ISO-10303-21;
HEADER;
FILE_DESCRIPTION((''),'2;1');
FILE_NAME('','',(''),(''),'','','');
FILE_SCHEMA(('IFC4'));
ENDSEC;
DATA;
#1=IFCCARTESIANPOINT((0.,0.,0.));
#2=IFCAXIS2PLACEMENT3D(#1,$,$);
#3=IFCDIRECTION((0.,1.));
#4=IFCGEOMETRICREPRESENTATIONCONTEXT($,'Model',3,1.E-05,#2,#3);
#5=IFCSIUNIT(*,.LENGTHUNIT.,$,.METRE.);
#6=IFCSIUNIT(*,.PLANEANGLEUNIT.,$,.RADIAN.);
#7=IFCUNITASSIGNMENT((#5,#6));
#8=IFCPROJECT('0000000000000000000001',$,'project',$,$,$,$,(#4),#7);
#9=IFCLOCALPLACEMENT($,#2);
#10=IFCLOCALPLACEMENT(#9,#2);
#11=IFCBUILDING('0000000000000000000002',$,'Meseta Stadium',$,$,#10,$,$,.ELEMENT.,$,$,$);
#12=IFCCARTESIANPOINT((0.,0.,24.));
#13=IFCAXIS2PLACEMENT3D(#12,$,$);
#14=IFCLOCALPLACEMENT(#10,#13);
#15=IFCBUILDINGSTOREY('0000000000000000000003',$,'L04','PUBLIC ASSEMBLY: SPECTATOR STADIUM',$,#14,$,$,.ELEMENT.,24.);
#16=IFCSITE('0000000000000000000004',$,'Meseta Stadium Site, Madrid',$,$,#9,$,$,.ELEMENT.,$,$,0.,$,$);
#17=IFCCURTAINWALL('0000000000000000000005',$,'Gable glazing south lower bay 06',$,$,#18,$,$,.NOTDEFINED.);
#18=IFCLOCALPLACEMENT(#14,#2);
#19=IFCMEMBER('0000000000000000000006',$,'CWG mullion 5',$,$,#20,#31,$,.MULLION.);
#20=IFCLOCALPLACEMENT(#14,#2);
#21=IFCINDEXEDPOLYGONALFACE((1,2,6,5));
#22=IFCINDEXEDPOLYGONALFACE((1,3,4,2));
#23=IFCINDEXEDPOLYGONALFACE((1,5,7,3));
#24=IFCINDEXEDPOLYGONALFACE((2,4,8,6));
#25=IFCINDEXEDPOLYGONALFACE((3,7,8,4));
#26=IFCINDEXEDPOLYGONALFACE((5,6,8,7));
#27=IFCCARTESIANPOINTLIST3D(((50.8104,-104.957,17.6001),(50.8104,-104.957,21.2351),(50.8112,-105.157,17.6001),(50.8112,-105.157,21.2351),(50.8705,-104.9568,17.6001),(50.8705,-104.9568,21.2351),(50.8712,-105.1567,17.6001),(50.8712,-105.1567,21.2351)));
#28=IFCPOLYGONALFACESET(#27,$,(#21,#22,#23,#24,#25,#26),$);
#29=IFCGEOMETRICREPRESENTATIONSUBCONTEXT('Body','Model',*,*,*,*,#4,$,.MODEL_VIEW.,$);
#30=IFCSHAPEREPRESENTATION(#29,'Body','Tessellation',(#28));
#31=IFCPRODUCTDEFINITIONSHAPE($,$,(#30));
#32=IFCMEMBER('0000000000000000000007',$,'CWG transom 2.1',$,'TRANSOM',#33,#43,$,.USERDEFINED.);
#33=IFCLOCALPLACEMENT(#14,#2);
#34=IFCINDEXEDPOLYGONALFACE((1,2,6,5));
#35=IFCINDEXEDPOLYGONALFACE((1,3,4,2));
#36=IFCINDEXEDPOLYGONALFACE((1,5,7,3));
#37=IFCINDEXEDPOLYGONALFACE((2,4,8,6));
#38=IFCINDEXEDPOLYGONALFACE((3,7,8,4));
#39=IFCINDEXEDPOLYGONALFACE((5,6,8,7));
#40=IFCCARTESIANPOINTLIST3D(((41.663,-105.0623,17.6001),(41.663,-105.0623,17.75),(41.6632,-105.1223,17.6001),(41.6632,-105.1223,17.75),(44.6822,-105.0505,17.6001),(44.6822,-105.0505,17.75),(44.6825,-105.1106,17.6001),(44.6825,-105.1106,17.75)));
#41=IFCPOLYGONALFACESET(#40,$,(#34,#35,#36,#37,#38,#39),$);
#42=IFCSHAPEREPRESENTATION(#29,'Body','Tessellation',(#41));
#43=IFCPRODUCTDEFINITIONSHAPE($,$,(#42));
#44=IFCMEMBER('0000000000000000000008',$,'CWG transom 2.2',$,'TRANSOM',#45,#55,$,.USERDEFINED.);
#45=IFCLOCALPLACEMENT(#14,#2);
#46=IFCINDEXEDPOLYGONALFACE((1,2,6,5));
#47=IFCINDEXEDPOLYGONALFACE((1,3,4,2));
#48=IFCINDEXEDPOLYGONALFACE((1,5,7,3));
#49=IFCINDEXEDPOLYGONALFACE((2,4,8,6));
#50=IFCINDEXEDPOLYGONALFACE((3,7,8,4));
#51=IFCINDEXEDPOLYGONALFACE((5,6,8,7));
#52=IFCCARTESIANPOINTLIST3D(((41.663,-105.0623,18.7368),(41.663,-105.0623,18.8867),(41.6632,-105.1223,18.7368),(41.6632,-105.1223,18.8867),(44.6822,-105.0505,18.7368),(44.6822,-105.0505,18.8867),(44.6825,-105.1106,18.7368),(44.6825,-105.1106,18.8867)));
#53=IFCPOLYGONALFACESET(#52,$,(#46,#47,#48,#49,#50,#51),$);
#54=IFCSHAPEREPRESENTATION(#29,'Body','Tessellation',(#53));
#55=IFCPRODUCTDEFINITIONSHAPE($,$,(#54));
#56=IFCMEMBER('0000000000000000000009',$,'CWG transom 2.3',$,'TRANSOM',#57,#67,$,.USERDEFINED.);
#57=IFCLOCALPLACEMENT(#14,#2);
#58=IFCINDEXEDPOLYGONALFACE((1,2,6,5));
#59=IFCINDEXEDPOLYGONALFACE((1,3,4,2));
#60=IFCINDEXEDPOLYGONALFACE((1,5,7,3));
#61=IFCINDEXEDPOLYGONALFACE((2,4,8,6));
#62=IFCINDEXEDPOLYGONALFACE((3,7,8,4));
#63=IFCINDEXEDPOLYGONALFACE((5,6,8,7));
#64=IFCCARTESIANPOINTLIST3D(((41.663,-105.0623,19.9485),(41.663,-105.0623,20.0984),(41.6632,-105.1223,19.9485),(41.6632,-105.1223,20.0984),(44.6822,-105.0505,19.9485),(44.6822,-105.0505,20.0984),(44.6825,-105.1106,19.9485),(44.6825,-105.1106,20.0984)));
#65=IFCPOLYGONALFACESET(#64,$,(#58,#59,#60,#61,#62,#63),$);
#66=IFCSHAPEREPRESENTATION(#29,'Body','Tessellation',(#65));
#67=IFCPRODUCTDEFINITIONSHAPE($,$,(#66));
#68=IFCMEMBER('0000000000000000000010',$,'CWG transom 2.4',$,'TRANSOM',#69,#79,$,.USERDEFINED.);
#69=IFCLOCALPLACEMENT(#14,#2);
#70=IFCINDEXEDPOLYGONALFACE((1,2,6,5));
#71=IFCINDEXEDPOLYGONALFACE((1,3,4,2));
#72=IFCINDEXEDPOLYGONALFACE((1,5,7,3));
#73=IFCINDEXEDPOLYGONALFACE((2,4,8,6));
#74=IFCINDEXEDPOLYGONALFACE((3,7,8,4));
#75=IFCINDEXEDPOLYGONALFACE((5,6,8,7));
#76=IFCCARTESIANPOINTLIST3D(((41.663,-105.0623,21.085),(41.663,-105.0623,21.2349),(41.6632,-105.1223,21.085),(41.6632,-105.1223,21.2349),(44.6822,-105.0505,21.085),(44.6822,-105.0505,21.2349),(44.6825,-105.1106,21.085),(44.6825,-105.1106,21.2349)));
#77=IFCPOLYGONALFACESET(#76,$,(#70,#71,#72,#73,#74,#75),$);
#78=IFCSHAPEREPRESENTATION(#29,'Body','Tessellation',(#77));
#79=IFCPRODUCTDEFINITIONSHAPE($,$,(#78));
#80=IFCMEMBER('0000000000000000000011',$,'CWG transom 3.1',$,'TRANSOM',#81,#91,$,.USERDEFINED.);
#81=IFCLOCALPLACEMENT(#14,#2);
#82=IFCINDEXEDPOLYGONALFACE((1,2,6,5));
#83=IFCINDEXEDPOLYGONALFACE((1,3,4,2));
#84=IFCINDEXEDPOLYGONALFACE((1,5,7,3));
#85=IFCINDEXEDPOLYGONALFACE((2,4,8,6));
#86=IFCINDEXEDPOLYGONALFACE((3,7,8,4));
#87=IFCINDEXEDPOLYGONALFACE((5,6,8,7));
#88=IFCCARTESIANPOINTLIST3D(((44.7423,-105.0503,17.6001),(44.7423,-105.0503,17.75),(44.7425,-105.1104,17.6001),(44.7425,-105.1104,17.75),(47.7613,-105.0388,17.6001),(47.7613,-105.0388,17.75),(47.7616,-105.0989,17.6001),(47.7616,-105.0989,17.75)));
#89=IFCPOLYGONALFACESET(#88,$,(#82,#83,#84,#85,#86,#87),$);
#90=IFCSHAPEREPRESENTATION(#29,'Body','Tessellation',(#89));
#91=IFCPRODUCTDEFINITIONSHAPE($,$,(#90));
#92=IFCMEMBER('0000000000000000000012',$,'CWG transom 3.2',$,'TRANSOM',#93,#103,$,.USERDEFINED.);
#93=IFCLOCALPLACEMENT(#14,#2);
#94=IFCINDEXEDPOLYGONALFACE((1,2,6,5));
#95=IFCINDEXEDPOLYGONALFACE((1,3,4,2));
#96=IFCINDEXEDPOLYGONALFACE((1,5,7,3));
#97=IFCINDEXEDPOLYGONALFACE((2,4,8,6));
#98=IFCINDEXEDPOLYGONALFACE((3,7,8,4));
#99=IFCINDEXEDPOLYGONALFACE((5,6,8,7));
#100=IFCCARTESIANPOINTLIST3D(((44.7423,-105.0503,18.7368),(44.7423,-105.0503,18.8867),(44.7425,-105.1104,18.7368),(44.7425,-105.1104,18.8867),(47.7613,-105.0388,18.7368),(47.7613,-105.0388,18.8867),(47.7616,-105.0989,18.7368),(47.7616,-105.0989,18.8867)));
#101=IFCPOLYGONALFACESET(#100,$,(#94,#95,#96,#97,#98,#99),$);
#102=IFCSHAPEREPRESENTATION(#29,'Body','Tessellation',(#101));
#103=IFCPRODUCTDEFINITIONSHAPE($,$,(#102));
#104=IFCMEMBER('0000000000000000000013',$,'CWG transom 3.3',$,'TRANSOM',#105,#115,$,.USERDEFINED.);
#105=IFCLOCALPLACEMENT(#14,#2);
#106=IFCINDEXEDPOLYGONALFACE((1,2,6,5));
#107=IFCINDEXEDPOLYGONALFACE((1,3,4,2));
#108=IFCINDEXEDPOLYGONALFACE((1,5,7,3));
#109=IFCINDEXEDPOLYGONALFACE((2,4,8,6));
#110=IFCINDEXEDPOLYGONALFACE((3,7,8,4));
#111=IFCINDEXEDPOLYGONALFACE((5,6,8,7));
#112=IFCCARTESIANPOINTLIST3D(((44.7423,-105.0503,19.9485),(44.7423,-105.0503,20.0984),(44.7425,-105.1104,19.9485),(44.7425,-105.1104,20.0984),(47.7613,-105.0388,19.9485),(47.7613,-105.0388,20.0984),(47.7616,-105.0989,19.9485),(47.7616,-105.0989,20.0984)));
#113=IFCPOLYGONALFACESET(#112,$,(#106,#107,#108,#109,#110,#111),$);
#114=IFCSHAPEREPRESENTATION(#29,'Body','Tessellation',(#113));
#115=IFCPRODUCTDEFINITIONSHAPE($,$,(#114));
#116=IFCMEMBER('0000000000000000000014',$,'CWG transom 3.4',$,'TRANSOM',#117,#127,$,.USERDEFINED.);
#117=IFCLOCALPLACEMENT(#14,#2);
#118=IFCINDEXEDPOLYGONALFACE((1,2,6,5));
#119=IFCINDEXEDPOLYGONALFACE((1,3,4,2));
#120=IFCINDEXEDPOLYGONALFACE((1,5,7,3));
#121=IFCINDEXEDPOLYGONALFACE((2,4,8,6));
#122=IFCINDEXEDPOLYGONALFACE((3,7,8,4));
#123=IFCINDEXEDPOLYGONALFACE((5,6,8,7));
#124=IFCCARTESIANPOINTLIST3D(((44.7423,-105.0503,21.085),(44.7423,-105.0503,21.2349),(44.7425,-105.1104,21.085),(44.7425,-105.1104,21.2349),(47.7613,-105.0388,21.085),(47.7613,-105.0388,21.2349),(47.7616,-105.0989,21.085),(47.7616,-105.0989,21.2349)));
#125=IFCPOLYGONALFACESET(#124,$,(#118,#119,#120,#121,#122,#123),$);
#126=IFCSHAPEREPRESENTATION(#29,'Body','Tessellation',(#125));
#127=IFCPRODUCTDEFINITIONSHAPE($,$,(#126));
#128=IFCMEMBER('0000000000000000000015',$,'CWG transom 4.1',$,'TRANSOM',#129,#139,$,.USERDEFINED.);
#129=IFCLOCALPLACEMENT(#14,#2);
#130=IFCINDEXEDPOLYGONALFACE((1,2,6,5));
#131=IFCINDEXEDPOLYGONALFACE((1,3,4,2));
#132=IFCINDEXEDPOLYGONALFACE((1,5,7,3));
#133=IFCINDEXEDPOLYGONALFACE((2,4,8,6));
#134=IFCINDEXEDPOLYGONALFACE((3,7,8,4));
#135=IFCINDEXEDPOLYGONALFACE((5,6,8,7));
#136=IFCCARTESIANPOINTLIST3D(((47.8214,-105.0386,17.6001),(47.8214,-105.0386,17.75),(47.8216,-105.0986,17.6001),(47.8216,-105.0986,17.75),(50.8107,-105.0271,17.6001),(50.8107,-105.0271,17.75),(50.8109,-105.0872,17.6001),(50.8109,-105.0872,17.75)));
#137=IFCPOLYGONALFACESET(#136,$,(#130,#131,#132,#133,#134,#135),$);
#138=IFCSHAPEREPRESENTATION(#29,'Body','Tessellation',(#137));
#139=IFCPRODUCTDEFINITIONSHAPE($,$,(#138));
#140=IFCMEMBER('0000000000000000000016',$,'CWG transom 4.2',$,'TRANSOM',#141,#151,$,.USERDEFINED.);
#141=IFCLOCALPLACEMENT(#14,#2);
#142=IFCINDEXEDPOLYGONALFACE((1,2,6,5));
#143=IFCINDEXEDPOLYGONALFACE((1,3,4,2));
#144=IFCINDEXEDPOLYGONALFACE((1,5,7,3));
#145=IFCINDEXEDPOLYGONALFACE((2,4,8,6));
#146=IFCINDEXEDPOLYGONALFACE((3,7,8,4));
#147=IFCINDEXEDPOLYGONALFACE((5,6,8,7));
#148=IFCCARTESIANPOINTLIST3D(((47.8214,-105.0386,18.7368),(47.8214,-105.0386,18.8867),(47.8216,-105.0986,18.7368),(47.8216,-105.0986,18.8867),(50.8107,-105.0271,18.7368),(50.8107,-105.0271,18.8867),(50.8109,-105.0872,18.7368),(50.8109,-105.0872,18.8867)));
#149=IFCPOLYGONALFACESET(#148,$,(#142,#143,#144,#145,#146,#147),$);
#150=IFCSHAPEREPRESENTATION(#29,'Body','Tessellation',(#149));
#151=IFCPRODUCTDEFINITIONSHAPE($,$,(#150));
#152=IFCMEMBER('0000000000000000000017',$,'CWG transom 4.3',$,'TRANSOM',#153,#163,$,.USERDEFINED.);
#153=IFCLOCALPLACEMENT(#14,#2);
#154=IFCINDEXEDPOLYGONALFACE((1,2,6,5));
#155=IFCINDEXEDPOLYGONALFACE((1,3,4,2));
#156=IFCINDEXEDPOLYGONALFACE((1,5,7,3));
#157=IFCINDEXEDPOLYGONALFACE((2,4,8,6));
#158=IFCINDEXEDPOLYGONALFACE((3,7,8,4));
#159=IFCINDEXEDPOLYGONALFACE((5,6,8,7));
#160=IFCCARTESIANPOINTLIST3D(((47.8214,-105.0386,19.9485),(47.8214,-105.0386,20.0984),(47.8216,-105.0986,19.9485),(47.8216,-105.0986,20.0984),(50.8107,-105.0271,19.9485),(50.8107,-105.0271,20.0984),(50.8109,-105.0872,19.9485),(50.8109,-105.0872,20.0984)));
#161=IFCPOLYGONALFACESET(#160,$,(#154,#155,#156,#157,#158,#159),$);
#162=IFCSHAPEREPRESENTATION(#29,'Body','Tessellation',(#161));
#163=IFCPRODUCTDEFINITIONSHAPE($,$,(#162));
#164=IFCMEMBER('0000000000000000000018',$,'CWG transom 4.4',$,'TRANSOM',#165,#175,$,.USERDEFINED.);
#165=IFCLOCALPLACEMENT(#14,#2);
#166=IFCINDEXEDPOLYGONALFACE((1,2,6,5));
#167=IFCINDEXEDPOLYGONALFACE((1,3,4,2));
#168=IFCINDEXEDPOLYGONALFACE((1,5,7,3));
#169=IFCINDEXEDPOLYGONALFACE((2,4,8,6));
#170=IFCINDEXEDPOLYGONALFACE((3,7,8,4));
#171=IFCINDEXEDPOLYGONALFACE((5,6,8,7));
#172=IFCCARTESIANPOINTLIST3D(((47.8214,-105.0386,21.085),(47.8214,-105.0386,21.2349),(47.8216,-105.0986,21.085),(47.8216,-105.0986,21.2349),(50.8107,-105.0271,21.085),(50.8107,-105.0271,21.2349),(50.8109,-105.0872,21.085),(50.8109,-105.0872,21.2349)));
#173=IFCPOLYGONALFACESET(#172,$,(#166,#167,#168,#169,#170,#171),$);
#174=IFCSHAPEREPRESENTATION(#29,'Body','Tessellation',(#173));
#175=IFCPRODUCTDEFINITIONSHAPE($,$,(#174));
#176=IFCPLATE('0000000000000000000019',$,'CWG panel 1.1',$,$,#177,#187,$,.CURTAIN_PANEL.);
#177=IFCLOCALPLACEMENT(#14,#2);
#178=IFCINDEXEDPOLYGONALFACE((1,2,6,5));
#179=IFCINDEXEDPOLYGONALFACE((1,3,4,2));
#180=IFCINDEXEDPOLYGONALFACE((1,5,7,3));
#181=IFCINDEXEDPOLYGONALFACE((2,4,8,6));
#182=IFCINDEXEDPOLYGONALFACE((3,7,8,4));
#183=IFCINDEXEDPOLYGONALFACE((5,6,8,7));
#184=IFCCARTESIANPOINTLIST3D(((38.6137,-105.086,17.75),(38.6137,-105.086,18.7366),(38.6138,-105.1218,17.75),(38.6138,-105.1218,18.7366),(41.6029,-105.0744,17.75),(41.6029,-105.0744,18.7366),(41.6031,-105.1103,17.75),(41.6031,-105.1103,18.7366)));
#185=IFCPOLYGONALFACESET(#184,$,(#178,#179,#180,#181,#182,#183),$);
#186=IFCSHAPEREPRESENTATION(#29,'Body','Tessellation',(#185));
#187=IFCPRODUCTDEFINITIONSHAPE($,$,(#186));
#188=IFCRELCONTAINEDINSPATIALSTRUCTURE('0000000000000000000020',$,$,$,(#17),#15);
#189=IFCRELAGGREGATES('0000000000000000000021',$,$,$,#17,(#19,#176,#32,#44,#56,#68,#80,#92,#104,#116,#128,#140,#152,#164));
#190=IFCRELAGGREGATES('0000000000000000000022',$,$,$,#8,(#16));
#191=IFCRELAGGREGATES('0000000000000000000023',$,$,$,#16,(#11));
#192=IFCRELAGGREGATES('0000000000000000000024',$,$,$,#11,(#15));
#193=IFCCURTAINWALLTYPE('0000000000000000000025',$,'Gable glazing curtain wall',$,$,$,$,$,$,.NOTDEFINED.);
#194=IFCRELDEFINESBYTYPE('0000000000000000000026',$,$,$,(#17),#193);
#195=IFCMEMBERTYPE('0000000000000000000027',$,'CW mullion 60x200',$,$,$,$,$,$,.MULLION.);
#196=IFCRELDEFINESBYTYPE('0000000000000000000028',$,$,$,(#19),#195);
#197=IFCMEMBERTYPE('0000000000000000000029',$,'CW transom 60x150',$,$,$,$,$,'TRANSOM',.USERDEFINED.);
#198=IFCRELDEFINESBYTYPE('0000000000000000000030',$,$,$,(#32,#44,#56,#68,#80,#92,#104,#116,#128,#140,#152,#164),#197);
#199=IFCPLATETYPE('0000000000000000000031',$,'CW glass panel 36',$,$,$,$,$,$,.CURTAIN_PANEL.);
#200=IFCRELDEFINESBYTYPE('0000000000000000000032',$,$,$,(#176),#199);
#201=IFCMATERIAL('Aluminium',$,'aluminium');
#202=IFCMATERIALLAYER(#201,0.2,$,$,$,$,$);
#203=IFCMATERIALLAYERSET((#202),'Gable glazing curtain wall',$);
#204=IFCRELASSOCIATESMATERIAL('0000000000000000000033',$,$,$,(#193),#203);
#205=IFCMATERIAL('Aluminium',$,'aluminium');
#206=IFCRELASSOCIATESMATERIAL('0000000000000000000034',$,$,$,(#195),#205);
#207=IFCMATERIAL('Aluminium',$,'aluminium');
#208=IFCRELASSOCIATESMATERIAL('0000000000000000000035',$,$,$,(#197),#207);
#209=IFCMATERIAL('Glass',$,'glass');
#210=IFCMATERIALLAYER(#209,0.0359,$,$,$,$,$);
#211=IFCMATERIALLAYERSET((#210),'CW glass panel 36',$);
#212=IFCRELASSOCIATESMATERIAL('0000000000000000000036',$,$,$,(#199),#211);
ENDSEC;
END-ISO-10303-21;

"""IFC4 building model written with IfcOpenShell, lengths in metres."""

from ifc_helpers import new_model, si_unit, direction, frame, origin, origin_2d, place, context, subcontext, project, spatial, rectangle, extrude, material, layer, layer_set, material_profile, profile_set, type_object, element, aggregate, save


model = new_model("IFC4")

# Units and contexts
model_context = context("Model", 3, precision=1e-05, world=origin(), true_north=direction((0.0, 1.0)))
body_context = subcontext(model_context, "Body", "Model", "MODEL_VIEW")
ifc_project = project(units=[si_unit("LENGTHUNIT", "METRE"), si_unit("PLANEANGLEUNIT", "RADIAN")], contexts=[model_context])

# Site, building, storey
site_placement = place(None, origin())
site = spatial("IfcSite", under=ifc_project, at=site_placement, Name="Meseta Stadium Site, Madrid", CompositionType="ELEMENT", RefElevation=0.0)
building_placement = place(site_placement, origin())
building = spatial("IfcBuilding", under=site, at=building_placement, Name="Meseta Stadium", CompositionType="ELEMENT")
storey_placement = place(building_placement, frame((0.0, 0.0, 24.0)))
storey = spatial("IfcBuildingStorey", under=building, at=storey_placement, Name="L04", Description="PUBLIC ASSEMBLY: SPECTATOR STADIUM", CompositionType="ELEMENT", Elevation=24.0)

# Curtain wall, members, plate
ifc_material_1 = material(Name="Aluminium", Category="aluminium")
ifc_layer_1 = layer(ifc_material_1, 0.2)
ifc_layer_set_1 = layer_set([ifc_layer_1], Name="Gable glazing curtain wall")
curtain_wall_type = type_object("IfcCurtainWallType", Name="Gable glazing curtain wall", PredefinedType="NOTDEFINED", material=ifc_layer_set_1)
curtain_wall_placement = place(storey_placement, origin())
curtain_wall = element("IfcCurtainWall", 1, at=curtain_wall_placement, inside=storey, type_object=curtain_wall_type, Name="Gable glazing south lower bay 06", PredefinedType="NOTDEFINED")
ifc_material_2 = material(Name="Aluminium", Category="aluminium")
ifc_material_profile_1 = material_profile(ifc_material_2, rectangle(XDim=0.2, YDim=0.0601, at=origin_2d()), Name="CW 200x60")
ifc_profile_set_1 = profile_set([ifc_material_profile_1], Name="Aluminium")
member_type_1 = type_object("IfcMemberType", Name="CW mullion 60x200", PredefinedType="MULLION", material=ifc_profile_set_1)
member_1_placement = place(storey_placement, frame((50.8408, -105.0569, 17.6001), z_axis=(0.0, 0.0, 1.0), x_axis=(-0.003848, 0.999993, 0.0)))
member_1 = element("IfcMember", 2, at=member_1_placement, type_object=member_type_1, Name="CWG mullion 5", PredefinedType="MULLION", context=body_context, shape_type="SweptSolid", body=[
    extrude(rectangle(XDim=0.2, YDim=0.0601, at=origin_2d()), origin(), (0.0, 0.0, 1.0), 3.635),
])
ifc_material_3 = material(Name="Aluminium", Category="aluminium")
ifc_material_profile_2 = material_profile(ifc_material_3, rectangle(XDim=0.0601, YDim=0.1499, at=origin_2d()), Name="CW 60x150")
ifc_profile_set_2 = profile_set([ifc_material_profile_2], Name="Aluminium")
member_type_2 = type_object("IfcMemberType", Name="CW transom 60x150", ElementType="TRANSOM", PredefinedType="USERDEFINED", material=ifc_profile_set_2)
member_2_placement = place(storey_placement, frame((41.6631, -105.0923, 17.675), z_axis=(0.999992, 0.003881, 0.0), x_axis=(-0.003881, 0.999992, 0.0)))
member_2 = element("IfcMember", 3, at=member_2_placement, type_object=member_type_2, Name="CWG transom 2.1", ObjectType="TRANSOM", PredefinedType="USERDEFINED", context=body_context, shape_type="SweptSolid", body=[
    extrude(rectangle(XDim=0.0601, YDim=0.1499, at=origin_2d()), origin(), (0.0, 0.0, 1.0), 3.0193),
])
member_3_placement = place(storey_placement, frame((41.6631, -105.0923, 18.8118), z_axis=(0.999992, 0.003881, 0.0), x_axis=(-0.003881, 0.999992, 0.0)))
member_3 = element("IfcMember", 4, at=member_3_placement, type_object=member_type_2, Name="CWG transom 2.2", ObjectType="TRANSOM", PredefinedType="USERDEFINED", context=body_context, shape_type="SweptSolid", body=[
    extrude(rectangle(XDim=0.0601, YDim=0.1499, at=origin_2d()), origin(), (0.0, 0.0, 1.0), 3.0193),
])
member_4_placement = place(storey_placement, frame((41.6631, -105.0923, 20.0234), z_axis=(0.999992, 0.003881, 0.0), x_axis=(-0.003881, 0.999992, 0.0)))
member_4 = element("IfcMember", 5, at=member_4_placement, type_object=member_type_2, Name="CWG transom 2.3", ObjectType="TRANSOM", PredefinedType="USERDEFINED", context=body_context, shape_type="SweptSolid", body=[
    extrude(rectangle(XDim=0.0601, YDim=0.1499, at=origin_2d()), origin(), (0.0, 0.0, 1.0), 3.0193),
])
member_5_placement = place(storey_placement, frame((41.6631, -105.0923, 21.1599), z_axis=(0.999992, 0.003881, 0.0), x_axis=(-0.003881, 0.999992, 0.0)))
member_5 = element("IfcMember", 6, at=member_5_placement, type_object=member_type_2, Name="CWG transom 2.4", ObjectType="TRANSOM", PredefinedType="USERDEFINED", context=body_context, shape_type="SweptSolid", body=[
    extrude(rectangle(XDim=0.0601, YDim=0.1499, at=origin_2d()), origin(), (0.0, 0.0, 1.0), 3.0193),
])
member_6_placement = place(storey_placement, frame((44.7424, -105.0803, 17.675), z_axis=(0.999993, 0.003801, 0.0), x_axis=(-0.003801, 0.999993, 0.0)))
member_6 = element("IfcMember", 7, at=member_6_placement, type_object=member_type_2, Name="CWG transom 3.1", ObjectType="TRANSOM", PredefinedType="USERDEFINED", context=body_context, shape_type="SweptSolid", body=[
    extrude(rectangle(XDim=0.0601, YDim=0.1499, at=origin_2d()), origin(), (0.0, 0.0, 1.0), 3.019),
])
member_7_placement = place(storey_placement, frame((44.7424, -105.0803, 18.8118), z_axis=(0.999993, 0.003801, 0.0), x_axis=(-0.003801, 0.999993, 0.0)))
member_7 = element("IfcMember", 8, at=member_7_placement, type_object=member_type_2, Name="CWG transom 3.2", ObjectType="TRANSOM", PredefinedType="USERDEFINED", context=body_context, shape_type="SweptSolid", body=[
    extrude(rectangle(XDim=0.0601, YDim=0.1499, at=origin_2d()), origin(), (0.0, 0.0, 1.0), 3.019),
])
member_8_placement = place(storey_placement, frame((44.7424, -105.0803, 20.0234), z_axis=(0.999993, 0.003801, 0.0), x_axis=(-0.003801, 0.999993, 0.0)))
member_8 = element("IfcMember", 9, at=member_8_placement, type_object=member_type_2, Name="CWG transom 3.3", ObjectType="TRANSOM", PredefinedType="USERDEFINED", context=body_context, shape_type="SweptSolid", body=[
    extrude(rectangle(XDim=0.0601, YDim=0.1499, at=origin_2d()), origin(), (0.0, 0.0, 1.0), 3.019),
])
member_9_placement = place(storey_placement, frame((44.7424, -105.0803, 21.1599), z_axis=(0.999993, 0.003801, 0.0), x_axis=(-0.003801, 0.999993, 0.0)))
member_9 = element("IfcMember", 10, at=member_9_placement, type_object=member_type_2, Name="CWG transom 3.4", ObjectType="TRANSOM", PredefinedType="USERDEFINED", context=body_context, shape_type="SweptSolid", body=[
    extrude(rectangle(XDim=0.0601, YDim=0.1499, at=origin_2d()), origin(), (0.0, 0.0, 1.0), 3.019),
])
member_10_placement = place(storey_placement, frame((47.8215, -105.0686, 17.675), z_axis=(0.999993, 0.003839, 0.0), x_axis=(-0.003839, 0.999993, 0.0)))
member_10 = element("IfcMember", 11, at=member_10_placement, type_object=member_type_2, Name="CWG transom 4.1", ObjectType="TRANSOM", PredefinedType="USERDEFINED", context=body_context, shape_type="SweptSolid", body=[
    extrude(rectangle(XDim=0.0601, YDim=0.1499, at=origin_2d()), origin(), (0.0, 0.0, 1.0), 2.9893),
])
member_11_placement = place(storey_placement, frame((47.8215, -105.0686, 18.8118), z_axis=(0.999993, 0.003839, 0.0), x_axis=(-0.003839, 0.999993, 0.0)))
member_11 = element("IfcMember", 12, at=member_11_placement, type_object=member_type_2, Name="CWG transom 4.2", ObjectType="TRANSOM", PredefinedType="USERDEFINED", context=body_context, shape_type="SweptSolid", body=[
    extrude(rectangle(XDim=0.0601, YDim=0.1499, at=origin_2d()), origin(), (0.0, 0.0, 1.0), 2.9893),
])
member_12_placement = place(storey_placement, frame((47.8215, -105.0686, 20.0234), z_axis=(0.999993, 0.003839, 0.0), x_axis=(-0.003839, 0.999993, 0.0)))
member_12 = element("IfcMember", 13, at=member_12_placement, type_object=member_type_2, Name="CWG transom 4.3", ObjectType="TRANSOM", PredefinedType="USERDEFINED", context=body_context, shape_type="SweptSolid", body=[
    extrude(rectangle(XDim=0.0601, YDim=0.1499, at=origin_2d()), origin(), (0.0, 0.0, 1.0), 2.9893),
])
member_13_placement = place(storey_placement, frame((47.8215, -105.0686, 21.1599), z_axis=(0.999993, 0.003839, 0.0), x_axis=(-0.003839, 0.999993, 0.0)))
member_13 = element("IfcMember", 14, at=member_13_placement, type_object=member_type_2, Name="CWG transom 4.4", ObjectType="TRANSOM", PredefinedType="USERDEFINED", context=body_context, shape_type="SweptSolid", body=[
    extrude(rectangle(XDim=0.0601, YDim=0.1499, at=origin_2d()), origin(), (0.0, 0.0, 1.0), 2.9893),
])
ifc_material_4 = material(Name="Glass", Category="glass")
ifc_layer_2 = layer(ifc_material_4, 0.0359)
ifc_layer_set_2 = layer_set([ifc_layer_2], Name="CW glass panel 36")
plate_type = type_object("IfcPlateType", Name="CW glass panel 36", PredefinedType="CURTAIN_PANEL", material=ifc_layer_set_2)
plate_1_placement = place(storey_placement, frame((40.1084, -105.0981, 17.75), z_axis=(0.0, 0.0, 1.0), x_axis=(0.999993, 0.003848, 0.0)))
plate_1 = element("IfcPlate", 15, at=plate_1_placement, type_object=plate_type, Name="CWG panel 1.1", PredefinedType="CURTAIN_PANEL", context=body_context, shape_type="SweptSolid", body=[
    extrude(rectangle(XDim=2.9893, YDim=0.0359, at=origin_2d()), origin(), (0.0, 0.0, 1.0), 0.9866),
])
aggregate(curtain_wall, [member_1, plate_1, member_2, member_3, member_4, member_5, member_6, member_7, member_8, member_9, member_10, member_11, member_12, member_13])

save(model, "model.ifc")
